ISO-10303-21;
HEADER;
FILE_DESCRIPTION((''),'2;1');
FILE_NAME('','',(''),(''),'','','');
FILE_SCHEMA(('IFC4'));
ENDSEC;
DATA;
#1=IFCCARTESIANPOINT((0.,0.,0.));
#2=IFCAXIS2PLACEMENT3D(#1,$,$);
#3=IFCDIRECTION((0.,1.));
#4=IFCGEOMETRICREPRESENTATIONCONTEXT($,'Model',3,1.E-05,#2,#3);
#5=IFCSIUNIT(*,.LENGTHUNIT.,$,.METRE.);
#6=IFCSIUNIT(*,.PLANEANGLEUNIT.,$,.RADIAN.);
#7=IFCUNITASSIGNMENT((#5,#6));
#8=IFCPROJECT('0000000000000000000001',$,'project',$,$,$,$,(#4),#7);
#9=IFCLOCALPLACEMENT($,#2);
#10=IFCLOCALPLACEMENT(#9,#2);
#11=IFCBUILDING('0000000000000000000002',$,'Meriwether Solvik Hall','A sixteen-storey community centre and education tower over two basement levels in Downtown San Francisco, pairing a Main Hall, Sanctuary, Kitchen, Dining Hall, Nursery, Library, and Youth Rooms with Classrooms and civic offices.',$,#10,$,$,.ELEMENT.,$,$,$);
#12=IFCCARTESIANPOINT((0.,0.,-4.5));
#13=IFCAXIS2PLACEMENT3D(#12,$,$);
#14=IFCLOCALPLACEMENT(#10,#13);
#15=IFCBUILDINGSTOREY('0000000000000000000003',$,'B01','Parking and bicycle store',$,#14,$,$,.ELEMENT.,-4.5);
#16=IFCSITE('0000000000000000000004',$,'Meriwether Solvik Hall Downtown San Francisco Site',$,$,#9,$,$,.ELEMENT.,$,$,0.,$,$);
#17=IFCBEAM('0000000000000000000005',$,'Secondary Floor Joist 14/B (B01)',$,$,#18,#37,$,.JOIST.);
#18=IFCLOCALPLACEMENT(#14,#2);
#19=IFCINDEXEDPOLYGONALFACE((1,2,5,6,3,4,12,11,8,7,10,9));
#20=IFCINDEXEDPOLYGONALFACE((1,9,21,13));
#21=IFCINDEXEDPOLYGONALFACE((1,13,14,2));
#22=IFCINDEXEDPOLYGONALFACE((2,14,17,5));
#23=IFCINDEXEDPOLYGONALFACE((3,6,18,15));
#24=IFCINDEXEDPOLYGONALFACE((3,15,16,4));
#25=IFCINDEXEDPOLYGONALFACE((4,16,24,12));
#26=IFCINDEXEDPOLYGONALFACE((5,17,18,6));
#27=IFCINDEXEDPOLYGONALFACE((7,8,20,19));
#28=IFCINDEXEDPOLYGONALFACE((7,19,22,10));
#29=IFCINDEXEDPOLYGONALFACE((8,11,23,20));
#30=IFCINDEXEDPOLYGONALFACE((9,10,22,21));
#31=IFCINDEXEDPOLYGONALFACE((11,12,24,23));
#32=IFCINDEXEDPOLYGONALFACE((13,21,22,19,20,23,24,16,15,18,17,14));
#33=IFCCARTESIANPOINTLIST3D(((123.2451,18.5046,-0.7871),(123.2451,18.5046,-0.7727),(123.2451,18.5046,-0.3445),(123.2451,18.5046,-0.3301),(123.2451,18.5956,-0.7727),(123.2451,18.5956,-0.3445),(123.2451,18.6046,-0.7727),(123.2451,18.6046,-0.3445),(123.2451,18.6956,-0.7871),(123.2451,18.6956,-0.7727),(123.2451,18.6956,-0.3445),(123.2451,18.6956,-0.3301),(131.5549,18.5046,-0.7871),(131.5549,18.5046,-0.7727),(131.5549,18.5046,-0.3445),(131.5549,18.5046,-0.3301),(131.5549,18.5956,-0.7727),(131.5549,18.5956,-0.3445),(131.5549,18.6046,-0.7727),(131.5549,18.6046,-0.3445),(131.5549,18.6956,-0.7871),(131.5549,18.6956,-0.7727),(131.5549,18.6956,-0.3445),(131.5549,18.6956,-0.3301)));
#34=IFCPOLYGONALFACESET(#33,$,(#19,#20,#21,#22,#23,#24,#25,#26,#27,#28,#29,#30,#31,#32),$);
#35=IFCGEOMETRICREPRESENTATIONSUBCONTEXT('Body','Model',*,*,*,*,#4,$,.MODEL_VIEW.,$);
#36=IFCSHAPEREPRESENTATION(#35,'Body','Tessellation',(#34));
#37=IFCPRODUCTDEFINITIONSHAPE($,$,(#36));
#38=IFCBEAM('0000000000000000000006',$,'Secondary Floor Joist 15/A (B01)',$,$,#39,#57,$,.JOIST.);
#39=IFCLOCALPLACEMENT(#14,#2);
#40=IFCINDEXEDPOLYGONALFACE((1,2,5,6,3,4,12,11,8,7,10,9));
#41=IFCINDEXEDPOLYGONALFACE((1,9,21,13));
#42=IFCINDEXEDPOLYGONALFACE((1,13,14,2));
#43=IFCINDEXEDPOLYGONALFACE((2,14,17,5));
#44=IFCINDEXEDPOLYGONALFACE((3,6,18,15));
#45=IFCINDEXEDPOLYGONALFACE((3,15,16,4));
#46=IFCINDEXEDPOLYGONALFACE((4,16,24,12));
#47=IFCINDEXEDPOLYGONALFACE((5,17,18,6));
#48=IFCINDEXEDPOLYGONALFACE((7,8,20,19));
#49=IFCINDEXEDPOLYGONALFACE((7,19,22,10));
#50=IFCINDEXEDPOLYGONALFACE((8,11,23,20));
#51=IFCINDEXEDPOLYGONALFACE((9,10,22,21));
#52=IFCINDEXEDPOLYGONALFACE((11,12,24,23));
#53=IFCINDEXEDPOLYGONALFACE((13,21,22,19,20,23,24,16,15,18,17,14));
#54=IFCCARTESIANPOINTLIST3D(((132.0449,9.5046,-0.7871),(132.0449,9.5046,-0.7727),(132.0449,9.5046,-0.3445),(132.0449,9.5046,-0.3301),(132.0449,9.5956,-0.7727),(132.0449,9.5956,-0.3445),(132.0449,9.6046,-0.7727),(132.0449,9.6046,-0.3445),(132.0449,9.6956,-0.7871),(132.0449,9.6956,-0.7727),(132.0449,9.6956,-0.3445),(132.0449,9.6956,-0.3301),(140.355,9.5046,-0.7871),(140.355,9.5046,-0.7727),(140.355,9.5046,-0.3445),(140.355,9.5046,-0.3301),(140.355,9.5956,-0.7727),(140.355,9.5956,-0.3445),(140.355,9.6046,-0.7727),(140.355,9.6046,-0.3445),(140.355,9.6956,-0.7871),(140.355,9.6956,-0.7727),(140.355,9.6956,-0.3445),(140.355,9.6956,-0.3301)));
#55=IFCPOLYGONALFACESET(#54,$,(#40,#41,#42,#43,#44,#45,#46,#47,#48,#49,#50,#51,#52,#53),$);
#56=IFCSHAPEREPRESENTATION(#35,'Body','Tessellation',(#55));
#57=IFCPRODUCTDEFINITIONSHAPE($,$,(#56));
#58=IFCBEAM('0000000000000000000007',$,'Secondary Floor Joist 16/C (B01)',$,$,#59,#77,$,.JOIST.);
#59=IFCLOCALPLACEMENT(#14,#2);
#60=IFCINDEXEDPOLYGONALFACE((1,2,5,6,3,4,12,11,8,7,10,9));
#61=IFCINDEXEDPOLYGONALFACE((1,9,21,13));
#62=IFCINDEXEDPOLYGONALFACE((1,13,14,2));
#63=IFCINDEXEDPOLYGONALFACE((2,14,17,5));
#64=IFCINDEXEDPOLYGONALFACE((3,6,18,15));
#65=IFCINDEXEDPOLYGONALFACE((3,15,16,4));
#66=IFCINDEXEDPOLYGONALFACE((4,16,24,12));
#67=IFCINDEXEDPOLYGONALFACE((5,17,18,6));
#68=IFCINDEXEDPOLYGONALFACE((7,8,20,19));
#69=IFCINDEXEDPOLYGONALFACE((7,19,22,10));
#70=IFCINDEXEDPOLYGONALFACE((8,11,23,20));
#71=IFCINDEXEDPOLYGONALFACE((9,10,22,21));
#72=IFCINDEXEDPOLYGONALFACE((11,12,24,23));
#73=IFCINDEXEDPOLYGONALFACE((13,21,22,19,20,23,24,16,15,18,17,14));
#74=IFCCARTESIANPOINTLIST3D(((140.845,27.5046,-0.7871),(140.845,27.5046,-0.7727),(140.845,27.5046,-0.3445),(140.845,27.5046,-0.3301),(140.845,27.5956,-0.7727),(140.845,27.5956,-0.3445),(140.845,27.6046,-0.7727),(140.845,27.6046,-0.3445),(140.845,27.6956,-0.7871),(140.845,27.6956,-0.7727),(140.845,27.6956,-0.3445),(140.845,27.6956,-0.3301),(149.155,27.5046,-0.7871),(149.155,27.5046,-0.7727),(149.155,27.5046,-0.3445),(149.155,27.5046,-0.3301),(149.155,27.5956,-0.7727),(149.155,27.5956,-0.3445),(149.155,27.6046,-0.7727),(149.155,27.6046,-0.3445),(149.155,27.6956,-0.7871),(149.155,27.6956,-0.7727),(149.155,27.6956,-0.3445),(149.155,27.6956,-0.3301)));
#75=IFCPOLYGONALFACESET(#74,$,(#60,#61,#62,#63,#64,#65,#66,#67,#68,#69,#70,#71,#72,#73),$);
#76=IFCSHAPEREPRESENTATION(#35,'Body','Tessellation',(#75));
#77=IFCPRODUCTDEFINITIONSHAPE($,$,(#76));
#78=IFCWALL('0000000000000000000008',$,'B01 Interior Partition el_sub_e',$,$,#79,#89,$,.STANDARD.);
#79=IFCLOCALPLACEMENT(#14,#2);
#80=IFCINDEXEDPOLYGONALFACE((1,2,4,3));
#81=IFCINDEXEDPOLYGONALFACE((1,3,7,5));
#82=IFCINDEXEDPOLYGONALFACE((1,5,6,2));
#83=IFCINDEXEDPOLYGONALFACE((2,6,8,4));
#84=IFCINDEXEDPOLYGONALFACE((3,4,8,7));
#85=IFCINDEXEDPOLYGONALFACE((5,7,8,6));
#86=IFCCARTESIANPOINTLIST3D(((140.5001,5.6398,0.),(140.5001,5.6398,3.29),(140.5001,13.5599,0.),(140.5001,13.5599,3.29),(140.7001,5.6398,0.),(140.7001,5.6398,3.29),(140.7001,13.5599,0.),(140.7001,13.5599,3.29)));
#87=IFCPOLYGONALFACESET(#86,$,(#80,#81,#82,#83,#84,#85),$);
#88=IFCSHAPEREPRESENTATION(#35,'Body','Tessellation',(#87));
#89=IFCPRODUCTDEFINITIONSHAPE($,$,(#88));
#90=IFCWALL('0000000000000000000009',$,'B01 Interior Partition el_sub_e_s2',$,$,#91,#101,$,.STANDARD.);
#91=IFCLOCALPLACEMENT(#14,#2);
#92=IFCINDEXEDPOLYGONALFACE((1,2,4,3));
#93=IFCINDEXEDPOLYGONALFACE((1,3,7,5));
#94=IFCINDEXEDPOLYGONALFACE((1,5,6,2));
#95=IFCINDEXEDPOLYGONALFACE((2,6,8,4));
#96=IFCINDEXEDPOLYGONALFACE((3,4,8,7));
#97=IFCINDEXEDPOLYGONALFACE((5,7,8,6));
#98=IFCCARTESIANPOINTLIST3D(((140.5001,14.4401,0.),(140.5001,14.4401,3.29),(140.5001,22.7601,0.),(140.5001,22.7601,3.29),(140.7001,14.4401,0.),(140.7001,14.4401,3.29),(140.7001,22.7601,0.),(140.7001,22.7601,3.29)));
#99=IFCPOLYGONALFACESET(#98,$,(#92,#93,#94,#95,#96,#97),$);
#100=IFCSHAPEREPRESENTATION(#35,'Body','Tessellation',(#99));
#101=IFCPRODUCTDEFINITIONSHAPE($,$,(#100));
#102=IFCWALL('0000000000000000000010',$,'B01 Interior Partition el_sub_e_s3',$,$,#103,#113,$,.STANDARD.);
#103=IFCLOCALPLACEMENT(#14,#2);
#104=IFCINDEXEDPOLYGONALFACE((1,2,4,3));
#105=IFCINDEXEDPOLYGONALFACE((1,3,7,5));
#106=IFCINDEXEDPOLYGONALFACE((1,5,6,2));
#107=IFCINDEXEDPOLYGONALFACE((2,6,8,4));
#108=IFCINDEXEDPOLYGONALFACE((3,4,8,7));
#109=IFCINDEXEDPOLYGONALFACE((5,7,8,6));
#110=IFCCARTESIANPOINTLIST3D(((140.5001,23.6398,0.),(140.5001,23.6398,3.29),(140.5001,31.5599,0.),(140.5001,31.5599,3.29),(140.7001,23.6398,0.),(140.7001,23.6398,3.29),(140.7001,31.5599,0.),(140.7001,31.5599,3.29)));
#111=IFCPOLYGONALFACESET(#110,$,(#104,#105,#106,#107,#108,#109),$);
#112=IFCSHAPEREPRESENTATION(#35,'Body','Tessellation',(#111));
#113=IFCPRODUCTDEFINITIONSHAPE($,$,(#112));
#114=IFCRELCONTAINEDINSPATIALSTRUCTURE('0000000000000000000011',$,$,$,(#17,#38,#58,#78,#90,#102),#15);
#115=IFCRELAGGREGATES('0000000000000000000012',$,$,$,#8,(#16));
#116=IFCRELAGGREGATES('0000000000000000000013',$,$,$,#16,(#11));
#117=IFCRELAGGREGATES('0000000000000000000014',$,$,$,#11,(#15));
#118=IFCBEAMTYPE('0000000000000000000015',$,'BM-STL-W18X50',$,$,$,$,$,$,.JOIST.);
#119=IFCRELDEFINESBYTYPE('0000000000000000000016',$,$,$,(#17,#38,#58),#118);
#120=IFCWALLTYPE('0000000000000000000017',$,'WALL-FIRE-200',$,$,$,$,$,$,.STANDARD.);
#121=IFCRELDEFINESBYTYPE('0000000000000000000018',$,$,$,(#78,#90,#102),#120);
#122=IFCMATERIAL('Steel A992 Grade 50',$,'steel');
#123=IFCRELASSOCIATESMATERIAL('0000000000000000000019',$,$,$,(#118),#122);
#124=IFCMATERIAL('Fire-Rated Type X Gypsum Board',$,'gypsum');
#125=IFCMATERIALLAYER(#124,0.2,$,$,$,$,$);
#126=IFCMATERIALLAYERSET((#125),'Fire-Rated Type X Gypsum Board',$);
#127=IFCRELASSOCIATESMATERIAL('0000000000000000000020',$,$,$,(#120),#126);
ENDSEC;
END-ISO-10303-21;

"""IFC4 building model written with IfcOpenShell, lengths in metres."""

from ifc_helpers import new_model, si_unit, direction, frame, frame_2d, origin, origin_2d, place, context, subcontext, project, spatial, rectangle, i_section, extrude, material, layer, layer_set, material_profile, profile_set, type_object, element, save


model = new_model("IFC4")

# Units and contexts
model_context = context("Model", 3, precision=1e-05, world=origin(), true_north=direction((0.0, 1.0)))
body_context = subcontext(model_context, "Body", "Model", "MODEL_VIEW")
ifc_project = project(units=[si_unit("LENGTHUNIT", "METRE"), si_unit("PLANEANGLEUNIT", "RADIAN")], contexts=[model_context])

# Site, building, storey
site_placement = place(None, origin())
site = spatial("IfcSite", under=ifc_project, at=site_placement, Name="Meriwether Solvik Hall Downtown San Francisco Site", CompositionType="ELEMENT", RefElevation=0.0)
building_placement = place(site_placement, origin())
building = spatial("IfcBuilding", under=site, at=building_placement, Name="Meriwether Solvik Hall", Description="A sixteen-storey community centre and education tower over two basement levels in Downtown San Francisco, pairing a Main Hall, Sanctuary, Kitchen, Dining Hall, Nursery, Library, and Youth Rooms with Classrooms and civic offices.", CompositionType="ELEMENT")
storey_placement = place(building_placement, frame((0.0, 0.0, -4.5)))
storey = spatial("IfcBuildingStorey", under=building, at=storey_placement, Name="B01", Description="Parking and bicycle store", CompositionType="ELEMENT", Elevation=-4.5)

# Beams
ifc_material_1 = material(Name="Steel A992 Grade 50", Category="steel")
ifc_material_profile_1 = material_profile(ifc_material_1, i_section(OverallWidth=0.1909, OverallDepth=0.457, WebThickness=0.009, FlangeThickness=0.0144, at=origin_2d()), Name="W18X50")
ifc_profile_set_1 = profile_set([ifc_material_profile_1], Name="Steel A992 Grade 50")
beam_type_1 = type_object("IfcBeamType", Name="BM-STL-W18X50", PredefinedType="JOIST", material=ifc_profile_set_1)
beam_1_placement = place(storey_placement, frame((123.2451, 18.6001, -0.5586), z_axis=(1.0, 0.0, 0.0), x_axis=(0.0, 1.0, 0.0)))
element("IfcBeam", 1, at=beam_1_placement, inside=storey, type_object=beam_type_1, Name="Secondary Floor Joist 14/B (B01)", PredefinedType="JOIST", context=body_context, shape_type="SweptSolid", body=[
    extrude(i_section(OverallWidth=0.1909, OverallDepth=0.457, WebThickness=0.009, FlangeThickness=0.0144, at=origin_2d()), origin(), (0.0, 0.0, 1.0), 8.3098),
])
for number, where, z_axis, x_axis, name in (
    (2, (132.0449, 9.6001, -0.5586), (1.0, 0.0, 0.0), (0.0, 1.0, 0.0), "Secondary Floor Joist 15/A (B01)"),
    (3, (140.845, 27.6001, -0.5586), (1.0, 0.0, 0.0), (0.0, 1.0, 0.0), "Secondary Floor Joist 16/C (B01)"),
):
    element("IfcBeam", number, at=place(storey_placement, frame(where, z_axis=z_axis, x_axis=x_axis)), inside=storey, type_object=beam_type_1, Name=name, PredefinedType="JOIST", context=body_context, shape_type="SweptSolid", body=[
        extrude(i_section(OverallWidth=0.1909, OverallDepth=0.457, WebThickness=0.009, FlangeThickness=0.0144, at=origin_2d()), origin(), (0.0, 0.0, 1.0), 8.3101),
    ])

# Walls
ifc_material_2 = material(Name="Fire-Rated Type X Gypsum Board", Category="gypsum")
ifc_layer = layer(ifc_material_2, 0.2)
ifc_layer_set = layer_set([ifc_layer], Name="Fire-Rated Type X Gypsum Board")
wall_type = type_object("IfcWallType", Name="WALL-FIRE-200", PredefinedType="STANDARD", material=ifc_layer_set)
wall_1_placement = place(storey_placement, frame((140.6001, 5.6399, 0.0), z_axis=(0.0, 0.0, 1.0), x_axis=(0.0, 1.0, 0.0)))
element("IfcWall", 4, at=wall_1_placement, inside=storey, type_object=wall_type, Name="B01 Interior Partition el_sub_e", PredefinedType="STANDARD", context=body_context, shape_type="SweptSolid", body=[
    extrude(rectangle(XDim=7.9202, YDim=0.2, at=frame_2d((3.96, 0.0))), origin(), (0.0, 0.0, 1.0), 3.29),
])
wall_2_placement = place(storey_placement, frame((140.6001, 14.4399, 0.0), z_axis=(0.0, 0.0, 1.0), x_axis=(0.0, 1.0, 0.0)))
element("IfcWall", 5, at=wall_2_placement, inside=storey, type_object=wall_type, Name="B01 Interior Partition el_sub_e_s2", PredefinedType="STANDARD", context=body_context, shape_type="SweptSolid", body=[
    extrude(rectangle(XDim=8.3201, YDim=0.2, at=frame_2d((4.1602, 0.0))), origin(), (0.0, 0.0, 1.0), 3.29),
])
wall_3_placement = place(storey_placement, frame((140.6001, 23.6399, 0.0), z_axis=(0.0, 0.0, 1.0), x_axis=(0.0, 1.0, 0.0)))
element("IfcWall", 6, at=wall_3_placement, inside=storey, type_object=wall_type, Name="B01 Interior Partition el_sub_e_s3", PredefinedType="STANDARD", context=body_context, shape_type="SweptSolid", body=[
    extrude(rectangle(XDim=7.9202, YDim=0.2, at=frame_2d((3.96, 0.0))), origin(), (0.0, 0.0, 1.0), 3.29),
])

save(model, "model.ifc")
